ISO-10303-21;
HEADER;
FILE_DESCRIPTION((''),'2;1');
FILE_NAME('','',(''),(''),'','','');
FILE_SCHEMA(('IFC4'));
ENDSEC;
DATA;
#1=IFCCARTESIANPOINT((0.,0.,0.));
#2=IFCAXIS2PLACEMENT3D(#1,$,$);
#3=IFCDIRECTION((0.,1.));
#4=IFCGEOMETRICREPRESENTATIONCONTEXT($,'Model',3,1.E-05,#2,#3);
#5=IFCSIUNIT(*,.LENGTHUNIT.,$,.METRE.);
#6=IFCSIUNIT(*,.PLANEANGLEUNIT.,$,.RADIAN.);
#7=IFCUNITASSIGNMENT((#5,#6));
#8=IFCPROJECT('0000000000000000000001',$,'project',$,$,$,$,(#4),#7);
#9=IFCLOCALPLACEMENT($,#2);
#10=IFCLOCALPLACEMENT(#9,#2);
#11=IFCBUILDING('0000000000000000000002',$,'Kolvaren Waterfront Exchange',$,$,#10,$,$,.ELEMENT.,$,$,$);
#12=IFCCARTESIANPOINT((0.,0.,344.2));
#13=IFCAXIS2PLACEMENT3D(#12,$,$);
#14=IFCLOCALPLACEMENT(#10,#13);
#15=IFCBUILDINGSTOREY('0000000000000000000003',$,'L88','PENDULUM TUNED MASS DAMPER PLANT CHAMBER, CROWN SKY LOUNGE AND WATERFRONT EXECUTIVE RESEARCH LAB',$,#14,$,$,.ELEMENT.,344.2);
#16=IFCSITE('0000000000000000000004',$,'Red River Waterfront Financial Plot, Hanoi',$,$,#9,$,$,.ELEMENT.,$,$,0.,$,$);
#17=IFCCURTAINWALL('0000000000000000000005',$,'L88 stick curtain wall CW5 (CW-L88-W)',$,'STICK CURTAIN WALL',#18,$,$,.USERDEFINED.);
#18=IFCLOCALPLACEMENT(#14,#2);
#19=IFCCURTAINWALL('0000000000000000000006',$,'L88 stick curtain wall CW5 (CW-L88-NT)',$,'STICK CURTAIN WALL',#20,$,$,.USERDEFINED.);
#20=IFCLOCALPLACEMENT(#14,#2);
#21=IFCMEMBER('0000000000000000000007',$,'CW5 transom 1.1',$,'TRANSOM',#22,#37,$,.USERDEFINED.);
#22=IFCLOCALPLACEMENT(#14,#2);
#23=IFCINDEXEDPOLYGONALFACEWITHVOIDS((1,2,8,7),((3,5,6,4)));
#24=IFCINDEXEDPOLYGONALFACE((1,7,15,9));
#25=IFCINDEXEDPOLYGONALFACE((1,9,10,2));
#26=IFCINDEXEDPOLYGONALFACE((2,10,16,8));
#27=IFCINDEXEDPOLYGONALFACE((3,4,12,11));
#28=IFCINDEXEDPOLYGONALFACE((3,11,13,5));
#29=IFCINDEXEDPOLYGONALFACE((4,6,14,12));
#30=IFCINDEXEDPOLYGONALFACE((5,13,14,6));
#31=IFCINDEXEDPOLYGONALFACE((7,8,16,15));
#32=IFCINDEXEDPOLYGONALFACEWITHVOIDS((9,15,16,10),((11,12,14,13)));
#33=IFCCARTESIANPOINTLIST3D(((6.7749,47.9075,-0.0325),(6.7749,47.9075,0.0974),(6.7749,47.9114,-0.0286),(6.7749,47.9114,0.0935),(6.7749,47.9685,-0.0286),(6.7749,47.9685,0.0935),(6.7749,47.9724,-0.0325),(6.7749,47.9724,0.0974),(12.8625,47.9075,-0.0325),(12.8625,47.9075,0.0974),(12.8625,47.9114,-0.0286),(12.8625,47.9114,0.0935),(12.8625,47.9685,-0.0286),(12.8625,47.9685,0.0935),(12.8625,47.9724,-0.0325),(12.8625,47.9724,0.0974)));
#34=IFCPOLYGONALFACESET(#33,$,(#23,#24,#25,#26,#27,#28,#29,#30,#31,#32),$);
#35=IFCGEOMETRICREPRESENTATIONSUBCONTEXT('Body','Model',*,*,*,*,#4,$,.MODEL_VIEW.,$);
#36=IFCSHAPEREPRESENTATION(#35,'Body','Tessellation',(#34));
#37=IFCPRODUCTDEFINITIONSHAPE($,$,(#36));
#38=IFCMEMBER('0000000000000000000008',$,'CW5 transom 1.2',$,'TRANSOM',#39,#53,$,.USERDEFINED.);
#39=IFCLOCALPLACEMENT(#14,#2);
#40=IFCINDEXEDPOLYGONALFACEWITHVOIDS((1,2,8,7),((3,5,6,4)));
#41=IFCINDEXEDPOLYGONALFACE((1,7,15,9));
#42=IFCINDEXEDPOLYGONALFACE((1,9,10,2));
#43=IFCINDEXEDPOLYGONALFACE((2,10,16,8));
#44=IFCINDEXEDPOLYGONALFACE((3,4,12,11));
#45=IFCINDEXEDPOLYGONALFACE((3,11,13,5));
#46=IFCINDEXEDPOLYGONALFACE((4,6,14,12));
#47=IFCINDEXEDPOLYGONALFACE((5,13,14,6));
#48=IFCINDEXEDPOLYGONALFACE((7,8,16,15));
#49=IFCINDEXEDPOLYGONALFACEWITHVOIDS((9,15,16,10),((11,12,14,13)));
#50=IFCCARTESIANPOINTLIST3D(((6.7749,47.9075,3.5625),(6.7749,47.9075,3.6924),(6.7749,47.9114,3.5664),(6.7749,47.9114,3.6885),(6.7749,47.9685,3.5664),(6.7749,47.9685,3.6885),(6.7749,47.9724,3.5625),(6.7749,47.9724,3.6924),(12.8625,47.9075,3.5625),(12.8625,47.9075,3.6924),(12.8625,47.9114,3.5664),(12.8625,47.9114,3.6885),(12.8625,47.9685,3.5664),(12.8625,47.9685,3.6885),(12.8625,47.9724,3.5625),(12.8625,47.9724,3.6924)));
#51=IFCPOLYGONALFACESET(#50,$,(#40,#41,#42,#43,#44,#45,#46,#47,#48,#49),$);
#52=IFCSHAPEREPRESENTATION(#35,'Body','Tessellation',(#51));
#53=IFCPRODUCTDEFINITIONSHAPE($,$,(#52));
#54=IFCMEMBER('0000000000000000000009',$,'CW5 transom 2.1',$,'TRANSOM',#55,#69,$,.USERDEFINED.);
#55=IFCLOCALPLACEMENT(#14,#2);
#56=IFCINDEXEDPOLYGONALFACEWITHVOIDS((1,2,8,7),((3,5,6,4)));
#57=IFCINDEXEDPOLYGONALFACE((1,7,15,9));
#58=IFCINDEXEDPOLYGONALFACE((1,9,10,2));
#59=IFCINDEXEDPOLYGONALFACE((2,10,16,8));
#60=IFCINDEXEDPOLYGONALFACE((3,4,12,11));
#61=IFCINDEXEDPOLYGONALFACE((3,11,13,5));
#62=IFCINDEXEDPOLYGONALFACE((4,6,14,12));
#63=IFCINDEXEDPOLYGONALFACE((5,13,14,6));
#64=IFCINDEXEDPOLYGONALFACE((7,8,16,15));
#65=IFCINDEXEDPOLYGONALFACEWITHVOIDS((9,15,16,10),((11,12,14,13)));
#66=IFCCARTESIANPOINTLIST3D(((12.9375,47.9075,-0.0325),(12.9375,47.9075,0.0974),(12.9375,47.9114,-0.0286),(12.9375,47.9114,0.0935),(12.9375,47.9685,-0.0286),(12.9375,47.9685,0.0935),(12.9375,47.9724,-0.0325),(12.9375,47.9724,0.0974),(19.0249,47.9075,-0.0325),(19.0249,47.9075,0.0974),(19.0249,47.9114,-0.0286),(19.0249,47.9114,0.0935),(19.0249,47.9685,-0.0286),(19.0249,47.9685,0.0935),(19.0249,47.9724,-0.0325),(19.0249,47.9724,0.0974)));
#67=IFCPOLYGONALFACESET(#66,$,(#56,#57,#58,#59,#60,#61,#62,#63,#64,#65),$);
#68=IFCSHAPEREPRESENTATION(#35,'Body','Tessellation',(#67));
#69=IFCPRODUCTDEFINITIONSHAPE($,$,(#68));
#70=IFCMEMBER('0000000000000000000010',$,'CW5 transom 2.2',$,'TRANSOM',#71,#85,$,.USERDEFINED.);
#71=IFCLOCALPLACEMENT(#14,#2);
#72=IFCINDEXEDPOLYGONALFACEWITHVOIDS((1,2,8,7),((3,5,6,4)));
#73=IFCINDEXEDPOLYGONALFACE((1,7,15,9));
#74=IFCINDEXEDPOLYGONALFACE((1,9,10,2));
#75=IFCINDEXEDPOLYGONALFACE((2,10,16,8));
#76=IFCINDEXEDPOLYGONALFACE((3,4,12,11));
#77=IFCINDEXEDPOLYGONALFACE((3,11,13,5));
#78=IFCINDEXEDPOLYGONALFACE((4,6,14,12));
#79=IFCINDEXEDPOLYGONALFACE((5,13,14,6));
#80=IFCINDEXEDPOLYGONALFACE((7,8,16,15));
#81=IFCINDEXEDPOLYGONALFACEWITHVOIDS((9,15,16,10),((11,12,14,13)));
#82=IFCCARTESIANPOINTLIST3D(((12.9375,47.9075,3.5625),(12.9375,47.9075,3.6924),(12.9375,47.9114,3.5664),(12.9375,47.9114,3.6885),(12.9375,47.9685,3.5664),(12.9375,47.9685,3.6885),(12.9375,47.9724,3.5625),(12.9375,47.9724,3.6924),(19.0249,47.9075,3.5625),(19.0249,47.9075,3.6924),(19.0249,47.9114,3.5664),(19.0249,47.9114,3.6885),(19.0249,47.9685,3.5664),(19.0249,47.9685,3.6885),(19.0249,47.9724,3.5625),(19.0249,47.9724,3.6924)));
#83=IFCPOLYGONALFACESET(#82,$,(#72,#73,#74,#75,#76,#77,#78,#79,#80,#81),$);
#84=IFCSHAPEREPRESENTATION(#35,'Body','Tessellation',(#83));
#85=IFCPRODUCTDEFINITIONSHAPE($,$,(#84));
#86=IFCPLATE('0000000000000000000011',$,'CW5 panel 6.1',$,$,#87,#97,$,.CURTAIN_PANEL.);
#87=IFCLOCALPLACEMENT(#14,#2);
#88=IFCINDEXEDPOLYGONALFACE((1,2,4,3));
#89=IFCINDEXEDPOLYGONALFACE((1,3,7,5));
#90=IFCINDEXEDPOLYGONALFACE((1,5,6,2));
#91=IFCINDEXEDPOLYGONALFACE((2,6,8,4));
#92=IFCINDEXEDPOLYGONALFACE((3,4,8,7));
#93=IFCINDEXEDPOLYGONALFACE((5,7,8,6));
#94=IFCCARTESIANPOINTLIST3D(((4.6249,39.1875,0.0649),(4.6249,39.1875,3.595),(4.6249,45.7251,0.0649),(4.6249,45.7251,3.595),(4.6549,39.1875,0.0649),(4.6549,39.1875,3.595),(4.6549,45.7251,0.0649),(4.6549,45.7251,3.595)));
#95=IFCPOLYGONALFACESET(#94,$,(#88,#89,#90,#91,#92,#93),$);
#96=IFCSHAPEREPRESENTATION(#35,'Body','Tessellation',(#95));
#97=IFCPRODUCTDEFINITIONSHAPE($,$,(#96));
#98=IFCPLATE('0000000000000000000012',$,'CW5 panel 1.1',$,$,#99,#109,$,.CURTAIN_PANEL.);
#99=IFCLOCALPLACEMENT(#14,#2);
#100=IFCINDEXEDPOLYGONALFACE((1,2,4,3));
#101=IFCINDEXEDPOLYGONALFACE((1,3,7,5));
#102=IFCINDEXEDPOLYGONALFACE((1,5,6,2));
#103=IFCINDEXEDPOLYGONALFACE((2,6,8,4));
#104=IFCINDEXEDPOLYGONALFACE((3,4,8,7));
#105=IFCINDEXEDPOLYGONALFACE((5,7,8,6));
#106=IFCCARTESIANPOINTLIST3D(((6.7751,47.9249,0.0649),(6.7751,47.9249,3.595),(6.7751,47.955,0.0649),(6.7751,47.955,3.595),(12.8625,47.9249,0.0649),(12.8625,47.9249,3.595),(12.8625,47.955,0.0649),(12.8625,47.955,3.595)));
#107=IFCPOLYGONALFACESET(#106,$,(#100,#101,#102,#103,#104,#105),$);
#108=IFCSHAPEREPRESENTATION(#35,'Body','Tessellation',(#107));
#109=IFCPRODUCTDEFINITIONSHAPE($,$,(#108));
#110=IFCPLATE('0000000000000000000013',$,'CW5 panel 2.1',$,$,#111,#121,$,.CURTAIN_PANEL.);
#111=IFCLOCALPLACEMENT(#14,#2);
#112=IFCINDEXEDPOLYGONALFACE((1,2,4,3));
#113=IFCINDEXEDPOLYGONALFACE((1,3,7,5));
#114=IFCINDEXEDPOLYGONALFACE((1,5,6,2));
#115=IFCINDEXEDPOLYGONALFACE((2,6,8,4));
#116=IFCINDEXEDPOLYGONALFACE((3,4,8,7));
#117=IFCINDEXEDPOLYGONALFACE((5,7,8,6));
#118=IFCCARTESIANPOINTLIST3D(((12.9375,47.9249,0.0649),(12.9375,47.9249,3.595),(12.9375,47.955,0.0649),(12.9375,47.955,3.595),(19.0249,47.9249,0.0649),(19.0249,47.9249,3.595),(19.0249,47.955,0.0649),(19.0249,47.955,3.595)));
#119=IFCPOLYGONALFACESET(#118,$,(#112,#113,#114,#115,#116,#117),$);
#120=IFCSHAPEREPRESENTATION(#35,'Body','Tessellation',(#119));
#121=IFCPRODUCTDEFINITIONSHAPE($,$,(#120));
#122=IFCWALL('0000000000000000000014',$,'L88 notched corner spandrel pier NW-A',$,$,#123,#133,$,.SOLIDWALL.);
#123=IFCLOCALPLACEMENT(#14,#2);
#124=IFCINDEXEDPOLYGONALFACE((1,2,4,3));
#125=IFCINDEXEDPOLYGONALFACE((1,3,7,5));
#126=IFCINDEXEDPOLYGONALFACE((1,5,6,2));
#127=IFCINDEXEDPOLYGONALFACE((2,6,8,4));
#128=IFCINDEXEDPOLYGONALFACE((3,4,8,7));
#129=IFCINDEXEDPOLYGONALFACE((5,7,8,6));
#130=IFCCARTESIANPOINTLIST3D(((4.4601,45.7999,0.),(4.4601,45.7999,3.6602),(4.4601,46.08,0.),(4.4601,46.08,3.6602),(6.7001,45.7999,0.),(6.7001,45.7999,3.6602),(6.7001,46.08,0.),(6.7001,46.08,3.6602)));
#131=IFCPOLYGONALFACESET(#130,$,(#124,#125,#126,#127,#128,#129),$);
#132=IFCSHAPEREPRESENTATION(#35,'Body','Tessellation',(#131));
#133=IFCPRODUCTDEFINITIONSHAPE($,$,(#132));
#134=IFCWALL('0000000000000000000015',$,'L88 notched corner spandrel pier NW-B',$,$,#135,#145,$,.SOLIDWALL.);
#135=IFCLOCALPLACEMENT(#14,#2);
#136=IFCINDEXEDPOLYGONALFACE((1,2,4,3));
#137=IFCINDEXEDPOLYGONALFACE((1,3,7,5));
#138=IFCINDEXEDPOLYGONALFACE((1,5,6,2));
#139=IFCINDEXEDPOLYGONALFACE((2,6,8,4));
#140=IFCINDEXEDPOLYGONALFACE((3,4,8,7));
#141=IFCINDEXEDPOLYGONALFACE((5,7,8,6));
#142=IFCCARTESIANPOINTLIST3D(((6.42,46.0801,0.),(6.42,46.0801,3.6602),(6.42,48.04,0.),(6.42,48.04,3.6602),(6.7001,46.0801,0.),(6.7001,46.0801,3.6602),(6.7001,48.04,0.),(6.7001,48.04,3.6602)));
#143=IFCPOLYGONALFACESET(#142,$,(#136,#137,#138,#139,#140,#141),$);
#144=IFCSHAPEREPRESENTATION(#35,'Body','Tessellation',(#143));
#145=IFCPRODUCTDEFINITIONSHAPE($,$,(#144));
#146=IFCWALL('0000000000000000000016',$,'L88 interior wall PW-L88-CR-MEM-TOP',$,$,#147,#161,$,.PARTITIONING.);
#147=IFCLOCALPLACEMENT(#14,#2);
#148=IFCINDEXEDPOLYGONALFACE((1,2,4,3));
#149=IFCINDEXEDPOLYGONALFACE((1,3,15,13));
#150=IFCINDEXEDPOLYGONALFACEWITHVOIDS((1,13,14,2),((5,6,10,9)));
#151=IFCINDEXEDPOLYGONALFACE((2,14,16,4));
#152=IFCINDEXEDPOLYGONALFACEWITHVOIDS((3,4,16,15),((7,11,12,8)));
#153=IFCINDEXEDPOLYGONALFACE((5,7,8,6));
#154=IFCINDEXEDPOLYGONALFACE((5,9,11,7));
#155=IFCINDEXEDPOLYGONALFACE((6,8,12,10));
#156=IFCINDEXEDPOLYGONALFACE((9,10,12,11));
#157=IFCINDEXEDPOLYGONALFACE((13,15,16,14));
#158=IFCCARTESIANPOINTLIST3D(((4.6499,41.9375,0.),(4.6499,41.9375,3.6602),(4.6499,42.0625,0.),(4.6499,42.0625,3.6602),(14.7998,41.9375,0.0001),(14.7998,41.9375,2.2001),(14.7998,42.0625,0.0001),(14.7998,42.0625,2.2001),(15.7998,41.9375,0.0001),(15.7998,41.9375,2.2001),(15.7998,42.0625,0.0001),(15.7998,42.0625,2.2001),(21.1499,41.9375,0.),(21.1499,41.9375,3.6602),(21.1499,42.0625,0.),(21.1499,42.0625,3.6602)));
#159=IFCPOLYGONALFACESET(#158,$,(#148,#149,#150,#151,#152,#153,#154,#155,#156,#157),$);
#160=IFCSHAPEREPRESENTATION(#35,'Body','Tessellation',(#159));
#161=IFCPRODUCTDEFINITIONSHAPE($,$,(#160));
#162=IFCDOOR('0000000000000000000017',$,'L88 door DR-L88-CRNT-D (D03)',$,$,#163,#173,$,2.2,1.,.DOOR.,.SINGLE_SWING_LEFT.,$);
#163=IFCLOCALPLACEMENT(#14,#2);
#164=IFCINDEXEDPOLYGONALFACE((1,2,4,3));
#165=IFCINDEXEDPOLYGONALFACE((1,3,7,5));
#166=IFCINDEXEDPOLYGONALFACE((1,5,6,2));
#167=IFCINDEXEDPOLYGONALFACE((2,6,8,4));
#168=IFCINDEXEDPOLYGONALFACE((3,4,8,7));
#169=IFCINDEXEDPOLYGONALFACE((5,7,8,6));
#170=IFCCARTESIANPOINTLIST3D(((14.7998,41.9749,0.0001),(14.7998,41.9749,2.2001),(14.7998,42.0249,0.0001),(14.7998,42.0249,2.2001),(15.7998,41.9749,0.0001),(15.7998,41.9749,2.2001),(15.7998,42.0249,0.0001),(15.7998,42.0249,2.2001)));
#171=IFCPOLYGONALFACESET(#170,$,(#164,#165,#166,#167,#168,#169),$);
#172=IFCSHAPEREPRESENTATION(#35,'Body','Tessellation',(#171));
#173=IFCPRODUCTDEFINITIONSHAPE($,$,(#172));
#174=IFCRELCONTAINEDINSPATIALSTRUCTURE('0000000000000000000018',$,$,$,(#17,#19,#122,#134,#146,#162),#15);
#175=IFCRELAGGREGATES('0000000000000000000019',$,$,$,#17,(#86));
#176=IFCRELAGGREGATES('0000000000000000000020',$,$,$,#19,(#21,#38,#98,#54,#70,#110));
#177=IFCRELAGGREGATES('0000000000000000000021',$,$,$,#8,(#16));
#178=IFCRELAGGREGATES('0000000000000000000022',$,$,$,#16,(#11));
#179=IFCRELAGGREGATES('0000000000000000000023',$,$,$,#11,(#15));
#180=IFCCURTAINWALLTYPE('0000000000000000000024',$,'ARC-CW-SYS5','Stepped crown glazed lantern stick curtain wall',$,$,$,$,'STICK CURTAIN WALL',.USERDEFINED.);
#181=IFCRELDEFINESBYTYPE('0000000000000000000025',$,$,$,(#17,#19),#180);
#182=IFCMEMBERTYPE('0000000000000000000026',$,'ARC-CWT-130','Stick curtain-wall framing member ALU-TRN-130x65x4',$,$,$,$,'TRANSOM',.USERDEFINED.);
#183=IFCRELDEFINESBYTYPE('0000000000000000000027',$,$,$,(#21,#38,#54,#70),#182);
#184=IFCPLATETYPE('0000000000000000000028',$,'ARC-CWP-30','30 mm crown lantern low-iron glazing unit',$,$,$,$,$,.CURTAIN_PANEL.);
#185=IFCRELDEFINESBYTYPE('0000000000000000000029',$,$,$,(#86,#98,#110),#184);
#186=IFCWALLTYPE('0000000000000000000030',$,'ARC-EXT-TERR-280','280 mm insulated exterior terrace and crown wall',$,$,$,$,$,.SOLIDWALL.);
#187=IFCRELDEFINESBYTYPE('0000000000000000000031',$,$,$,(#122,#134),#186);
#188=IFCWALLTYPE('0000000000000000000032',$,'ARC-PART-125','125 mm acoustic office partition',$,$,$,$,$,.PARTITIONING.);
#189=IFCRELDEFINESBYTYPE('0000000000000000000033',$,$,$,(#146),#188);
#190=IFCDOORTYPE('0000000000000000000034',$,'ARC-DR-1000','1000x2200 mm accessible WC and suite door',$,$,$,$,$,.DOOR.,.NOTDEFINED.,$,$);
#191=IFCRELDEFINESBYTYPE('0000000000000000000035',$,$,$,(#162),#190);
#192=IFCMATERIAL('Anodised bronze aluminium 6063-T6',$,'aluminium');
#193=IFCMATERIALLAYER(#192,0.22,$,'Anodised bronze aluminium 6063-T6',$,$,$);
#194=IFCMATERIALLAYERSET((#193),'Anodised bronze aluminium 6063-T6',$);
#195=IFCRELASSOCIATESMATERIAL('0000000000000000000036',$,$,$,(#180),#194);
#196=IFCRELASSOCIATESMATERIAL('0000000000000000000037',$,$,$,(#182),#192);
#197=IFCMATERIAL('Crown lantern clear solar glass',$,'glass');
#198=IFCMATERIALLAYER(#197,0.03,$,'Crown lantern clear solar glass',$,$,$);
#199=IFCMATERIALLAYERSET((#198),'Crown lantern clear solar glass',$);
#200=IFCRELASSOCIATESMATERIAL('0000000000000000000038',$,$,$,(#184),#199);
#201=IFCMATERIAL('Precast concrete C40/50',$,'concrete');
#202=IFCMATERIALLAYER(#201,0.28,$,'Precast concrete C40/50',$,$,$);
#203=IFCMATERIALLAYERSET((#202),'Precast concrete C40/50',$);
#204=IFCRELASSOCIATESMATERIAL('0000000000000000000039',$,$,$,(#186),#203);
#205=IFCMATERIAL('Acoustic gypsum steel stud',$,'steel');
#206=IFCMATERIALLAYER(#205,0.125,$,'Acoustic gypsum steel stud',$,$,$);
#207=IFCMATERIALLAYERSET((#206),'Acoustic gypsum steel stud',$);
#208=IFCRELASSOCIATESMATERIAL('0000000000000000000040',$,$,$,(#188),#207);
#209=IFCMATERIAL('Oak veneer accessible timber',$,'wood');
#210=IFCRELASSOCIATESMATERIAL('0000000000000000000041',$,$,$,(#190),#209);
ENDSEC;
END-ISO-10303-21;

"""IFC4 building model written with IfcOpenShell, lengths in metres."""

from ifc_helpers import new_model, si_unit, direction, frame, frame_2d, origin, origin_with_axes, origin_2d, place, context, subcontext, project, spatial, rectangle, hollow_rectangle, extrude, source, transform, mapped, material, layer, layer_set, material_profile, profile_set, type_object, element, fill, aggregate, save


model = new_model("IFC4")

# Units and contexts
model_context = context("Model", 3, precision=1e-05, world=origin(), true_north=direction((0.0, 1.0)))
body_context = subcontext(model_context, "Body", "Model", "MODEL_VIEW")
ifc_project = project(units=[si_unit("LENGTHUNIT", "METRE"), si_unit("PLANEANGLEUNIT", "RADIAN")], contexts=[model_context])

# Site, building, storey
site_placement = place(None, origin())
site = spatial("IfcSite", under=ifc_project, at=site_placement, Name="Red River Waterfront Financial Plot, Hanoi", CompositionType="ELEMENT", RefElevation=0.0)
building_placement = place(site_placement, origin())
building = spatial("IfcBuilding", under=site, at=building_placement, Name="Kolvaren Waterfront Exchange", CompositionType="ELEMENT")
storey_placement = place(building_placement, frame((0.0, 0.0, 344.2)))
storey = spatial("IfcBuildingStorey", under=building, at=storey_placement, Name="L88", Description="PENDULUM TUNED MASS DAMPER PLANT CHAMBER, CROWN SKY LOUNGE AND WATERFRONT EXECUTIVE RESEARCH LAB", CompositionType="ELEMENT", Elevation=344.2)

# Curtain wall
ifc_material_1 = material(Name="Anodised bronze aluminium 6063-T6", Category="aluminium")
ifc_layer_1 = layer(ifc_material_1, 0.22, Name="Anodised bronze aluminium 6063-T6")
ifc_layer_set_1 = layer_set([ifc_layer_1], Name="Anodised bronze aluminium 6063-T6")
curtain_wall_type = type_object("IfcCurtainWallType", Name="ARC-CW-SYS5", Description="Stepped crown glazed lantern stick curtain wall", ElementType="STICK CURTAIN WALL", PredefinedType="USERDEFINED", material=ifc_layer_set_1)
curtain_wall_1_placement = place(storey_placement, origin())
curtain_wall_1 = element("IfcCurtainWall", 1, at=curtain_wall_1_placement, inside=storey, type_object=curtain_wall_type, Name="L88 stick curtain wall CW5 (CW-L88-W)", ObjectType="STICK CURTAIN WALL", PredefinedType="USERDEFINED")

# Curtain wall, members
curtain_wall_2_placement = place(storey_placement, origin())
curtain_wall_2 = element("IfcCurtainWall", 2, at=curtain_wall_2_placement, inside=storey, type_object=curtain_wall_type, Name="L88 stick curtain wall CW5 (CW-L88-NT)", ObjectType="STICK CURTAIN WALL", PredefinedType="USERDEFINED")
ifc_material_profile_1 = material_profile(ifc_material_1, hollow_rectangle(XDim=0.0649, YDim=0.1299, WallThickness=0.0039, at=origin_2d()), Name="ALU-TRN-130x65x4")
ifc_profile_set_1 = profile_set([ifc_material_profile_1], Name="Anodised bronze aluminium 6063-T6")
member_type_1 = type_object("IfcMemberType", Name="ARC-CWT-130", Description="Stick curtain-wall framing member ALU-TRN-130x65x4", ElementType="TRANSOM", PredefinedType="USERDEFINED", material=ifc_profile_set_1)
shared_shape_1 = source(origin_with_axes(), body_context, "Body", "SweptSolid", [
    extrude(hollow_rectangle(XDim=0.0649, YDim=0.1299, WallThickness=0.0039, at=origin_2d()), origin(), (0.0, 0.0, 1.0), 6.0876),
])
member_1_placement = place(storey_placement, frame((6.7749, 47.9399, 0.0325), z_axis=(1.0, 0.0, 0.0), x_axis=(0.0, 1.0, 0.0)))
member_1 = element("IfcMember", 3, at=member_1_placement, type_object=member_type_1, Name="CW5 transom 1.1", ObjectType="TRANSOM", PredefinedType="USERDEFINED", context=body_context, shape_type="MappedRepresentation", body=[
    mapped(shared_shape_1, transform((0.0, 0.0, 0.0), x_axis=(1.0, 0.0, 0.0), y_axis=(0.0, 1.0, 0.0), z_axis=(0.0, 0.0, 1.0), scale=1.0)),
])
member_2_placement = place(storey_placement, frame((6.7749, 47.9399, 3.6274), z_axis=(1.0, 0.0, 0.0), x_axis=(0.0, 1.0, 0.0)))
member_2 = element("IfcMember", 4, at=member_2_placement, type_object=member_type_1, Name="CW5 transom 1.2", ObjectType="TRANSOM", PredefinedType="USERDEFINED", context=body_context, shape_type="MappedRepresentation", body=[
    mapped(shared_shape_1, transform((0.0, 0.0, 0.0), x_axis=(1.0, 0.0, 0.0), y_axis=(0.0, 1.0, 0.0), z_axis=(0.0, 0.0, 1.0), scale=1.0)),
])
shared_shape_2 = source(origin_with_axes(), body_context, "Body", "SweptSolid", [
    extrude(hollow_rectangle(XDim=0.0649, YDim=0.1299, WallThickness=0.0039, at=origin_2d()), origin(), (0.0, 0.0, 1.0), 6.0874),
])
member_3_placement = place(storey_placement, frame((12.9375, 47.9399, 0.0325), z_axis=(1.0, 0.0, 0.0), x_axis=(0.0, 1.0, 0.0)))
member_3 = element("IfcMember", 5, at=member_3_placement, type_object=member_type_1, Name="CW5 transom 2.1", ObjectType="TRANSOM", PredefinedType="USERDEFINED", context=body_context, shape_type="MappedRepresentation", body=[
    mapped(shared_shape_2, transform((0.0, 0.0, 0.0), x_axis=(1.0, 0.0, 0.0), y_axis=(0.0, 1.0, 0.0), z_axis=(0.0, 0.0, 1.0), scale=1.0)),
])
member_4_placement = place(storey_placement, frame((12.9375, 47.9399, 3.6274), z_axis=(1.0, 0.0, 0.0), x_axis=(0.0, 1.0, 0.0)))
member_4 = element("IfcMember", 6, at=member_4_placement, type_object=member_type_1, Name="CW5 transom 2.2", ObjectType="TRANSOM", PredefinedType="USERDEFINED", context=body_context, shape_type="MappedRepresentation", body=[
    mapped(shared_shape_2, transform((0.0, 0.0, 0.0), x_axis=(1.0, 0.0, 0.0), y_axis=(0.0, 1.0, 0.0), z_axis=(0.0, 0.0, 1.0), scale=1.0)),
])

# Plates
ifc_material_2 = material(Name="Crown lantern clear solar glass", Category="glass")
ifc_layer_2 = layer(ifc_material_2, 0.03, Name="Crown lantern clear solar glass")
ifc_layer_set_2 = layer_set([ifc_layer_2], Name="Crown lantern clear solar glass")
plate_type = type_object("IfcPlateType", Name="ARC-CWP-30", Description="30 mm crown lantern low-iron glazing unit", PredefinedType="CURTAIN_PANEL", material=ifc_layer_set_2)
shared_shape_3 = source(origin_with_axes(), body_context, "Body", "SweptSolid", [
    extrude(rectangle(XDim=6.5376, YDim=0.03, at=origin_2d()), origin(), (0.0, 0.0, 1.0), 3.53),
])
plate_1_placement = place(storey_placement, frame((4.6399, 42.4563, 0.0649), z_axis=(0.0, 0.0, 1.0), x_axis=(0.0, 1.0, 0.0)))
plate_1 = element("IfcPlate", 7, at=plate_1_placement, type_object=plate_type, Name="CW5 panel 6.1", PredefinedType="CURTAIN_PANEL", context=body_context, shape_type="MappedRepresentation", body=[
    mapped(shared_shape_3, transform((0.0, 0.0, 0.0), x_axis=(1.0, 0.0, 0.0), y_axis=(0.0, 1.0, 0.0), z_axis=(0.0, 0.0, 1.0), scale=1.0)),
])
aggregate(curtain_wall_1, [plate_1])
shared_shape_4 = source(origin_with_axes(), body_context, "Body", "SweptSolid", [
    extrude(rectangle(XDim=6.0874, YDim=0.03, at=origin_2d()), origin(), (0.0, 0.0, 1.0), 3.53),
])
plate_2_placement = place(storey_placement, frame((9.8188, 47.9399, 0.0649), z_axis=(0.0, 0.0, 1.0), x_axis=(1.0, 0.0, 0.0)))
plate_2 = element("IfcPlate", 8, at=plate_2_placement, type_object=plate_type, Name="CW5 panel 1.1", PredefinedType="CURTAIN_PANEL", context=body_context, shape_type="MappedRepresentation", body=[
    mapped(shared_shape_4, transform((0.0, 0.0, 0.0), x_axis=(1.0, 0.0, 0.0), y_axis=(0.0, 1.0, 0.0), z_axis=(0.0, 0.0, 1.0), scale=1.0)),
])
plate_3_placement = place(storey_placement, frame((15.9812, 47.9399, 0.0649), z_axis=(0.0, 0.0, 1.0), x_axis=(1.0, 0.0, 0.0)))
plate_3 = element("IfcPlate", 9, at=plate_3_placement, type_object=plate_type, Name="CW5 panel 2.1", PredefinedType="CURTAIN_PANEL", context=body_context, shape_type="MappedRepresentation", body=[
    mapped(shared_shape_4, transform((0.0, 0.0, 0.0), x_axis=(1.0, 0.0, 0.0), y_axis=(0.0, 1.0, 0.0), z_axis=(0.0, 0.0, 1.0), scale=1.0)),
])
aggregate(curtain_wall_2, [member_1, member_2, plate_2, member_3, member_4, plate_3])

# Walls
ifc_material_3 = material(Name="Precast concrete C40/50", Category="concrete")
ifc_layer_3 = layer(ifc_material_3, 0.28, Name="Precast concrete C40/50")
ifc_layer_set_3 = layer_set([ifc_layer_3], Name="Precast concrete C40/50")
wall_type_1 = type_object("IfcWallType", Name="ARC-EXT-TERR-280", Description="280 mm insulated exterior terrace and crown wall", PredefinedType="SOLIDWALL", material=ifc_layer_set_3)
wall_1_placement = place(storey_placement, frame((4.46, 45.9399, 0.0), z_axis=(0.0, 0.0, 1.0), x_axis=(1.0, 0.0, 0.0)))
element("IfcWall", 10, at=wall_1_placement, inside=storey, type_object=wall_type_1, Name="L88 notched corner spandrel pier NW-A", PredefinedType="SOLIDWALL", context=body_context, shape_type="SweptSolid", body=[
    extrude(rectangle(XDim=2.24, YDim=0.28, at=frame_2d((1.1201, 0.0))), origin(), (0.0, 0.0, 1.0), 3.6602),
])
wall_2_placement = place(storey_placement, frame((6.5601, 46.0801, 0.0), z_axis=(0.0, 0.0, 1.0), x_axis=(0.0, 1.0, 0.0)))
element("IfcWall", 11, at=wall_2_placement, inside=storey, type_object=wall_type_1, Name="L88 notched corner spandrel pier NW-B", PredefinedType="SOLIDWALL", context=body_context, shape_type="SweptSolid", body=[
    extrude(rectangle(XDim=1.96, YDim=0.28, at=frame_2d((0.98, 0.0))), origin(), (0.0, 0.0, 1.0), 3.6602),
])

# Wall, opening, door
ifc_material_4 = material(Name="Acoustic gypsum steel stud", Category="steel")
ifc_layer_4 = layer(ifc_material_4, 0.125, Name="Acoustic gypsum steel stud")
ifc_layer_set_4 = layer_set([ifc_layer_4], Name="Acoustic gypsum steel stud")
wall_type_2 = type_object("IfcWallType", Name="ARC-PART-125", Description="125 mm acoustic office partition", PredefinedType="PARTITIONING", material=ifc_layer_set_4)
wall_3_placement = place(storey_placement, frame((4.6499, 42.0, 0.0), z_axis=(0.0, 0.0, 1.0), x_axis=(1.0, 0.0, 0.0)))
wall_3 = element("IfcWall", 12, at=wall_3_placement, inside=storey, type_object=wall_type_2, Name="L88 interior wall PW-L88-CR-MEM-TOP", PredefinedType="PARTITIONING", context=body_context, shape_type="SweptSolid", body=[
    extrude(rectangle(XDim=16.5, YDim=0.125, at=frame_2d((8.25, 0.0))), origin(), (0.0, 0.0, 1.0), 3.6602),
])
opening_1_placement = place(wall_3_placement, frame((10.1499, 0.0, 0.0)))
opening_1 = element("IfcOpeningElement", 13, at=opening_1_placement, cuts=wall_3, PredefinedType="OPENING", context=body_context, shape_type="SweptSolid", body=[
    extrude(rectangle(XDim=1.0, YDim=2.2, at=frame_2d((0.5, 1.1001))), frame((0.0, 0.0725, 0.0), z_axis=(0.0, -1.0, 0.0), x_axis=(1.0, 0.0, 0.0)), (0.0, 0.0, 1.0), 0.145),
])
ifc_material_5 = material(Name="Oak veneer accessible timber", Category="wood")
door_type_1 = type_object("IfcDoorType", Name="ARC-DR-1000", Description="1000x2200 mm accessible WC and suite door", OperationType="NOTDEFINED", PredefinedType="DOOR", material=ifc_material_5)
door_1_placement = place(opening_1_placement, origin())
door_1 = element("IfcDoor", 14, at=door_1_placement, inside=storey, type_object=door_type_1, Name="L88 door DR-L88-CRNT-D (D03)", OperationType="SINGLE_SWING_LEFT", OverallHeight=2.2, OverallWidth=1.0, PredefinedType="DOOR", context=body_context, shape_type="SweptSolid", body=[
    extrude(rectangle(XDim=1.0, YDim=2.2, at=frame_2d((0.5, 1.1001))), frame((0.0, 0.0249, 0.0), z_axis=(0.0, -1.0, 0.0), x_axis=(1.0, 0.0, 0.0)), (0.0, 0.0, 1.0), 0.05),
])
fill(opening_1, door_1)

save(model, "model.ifc")
